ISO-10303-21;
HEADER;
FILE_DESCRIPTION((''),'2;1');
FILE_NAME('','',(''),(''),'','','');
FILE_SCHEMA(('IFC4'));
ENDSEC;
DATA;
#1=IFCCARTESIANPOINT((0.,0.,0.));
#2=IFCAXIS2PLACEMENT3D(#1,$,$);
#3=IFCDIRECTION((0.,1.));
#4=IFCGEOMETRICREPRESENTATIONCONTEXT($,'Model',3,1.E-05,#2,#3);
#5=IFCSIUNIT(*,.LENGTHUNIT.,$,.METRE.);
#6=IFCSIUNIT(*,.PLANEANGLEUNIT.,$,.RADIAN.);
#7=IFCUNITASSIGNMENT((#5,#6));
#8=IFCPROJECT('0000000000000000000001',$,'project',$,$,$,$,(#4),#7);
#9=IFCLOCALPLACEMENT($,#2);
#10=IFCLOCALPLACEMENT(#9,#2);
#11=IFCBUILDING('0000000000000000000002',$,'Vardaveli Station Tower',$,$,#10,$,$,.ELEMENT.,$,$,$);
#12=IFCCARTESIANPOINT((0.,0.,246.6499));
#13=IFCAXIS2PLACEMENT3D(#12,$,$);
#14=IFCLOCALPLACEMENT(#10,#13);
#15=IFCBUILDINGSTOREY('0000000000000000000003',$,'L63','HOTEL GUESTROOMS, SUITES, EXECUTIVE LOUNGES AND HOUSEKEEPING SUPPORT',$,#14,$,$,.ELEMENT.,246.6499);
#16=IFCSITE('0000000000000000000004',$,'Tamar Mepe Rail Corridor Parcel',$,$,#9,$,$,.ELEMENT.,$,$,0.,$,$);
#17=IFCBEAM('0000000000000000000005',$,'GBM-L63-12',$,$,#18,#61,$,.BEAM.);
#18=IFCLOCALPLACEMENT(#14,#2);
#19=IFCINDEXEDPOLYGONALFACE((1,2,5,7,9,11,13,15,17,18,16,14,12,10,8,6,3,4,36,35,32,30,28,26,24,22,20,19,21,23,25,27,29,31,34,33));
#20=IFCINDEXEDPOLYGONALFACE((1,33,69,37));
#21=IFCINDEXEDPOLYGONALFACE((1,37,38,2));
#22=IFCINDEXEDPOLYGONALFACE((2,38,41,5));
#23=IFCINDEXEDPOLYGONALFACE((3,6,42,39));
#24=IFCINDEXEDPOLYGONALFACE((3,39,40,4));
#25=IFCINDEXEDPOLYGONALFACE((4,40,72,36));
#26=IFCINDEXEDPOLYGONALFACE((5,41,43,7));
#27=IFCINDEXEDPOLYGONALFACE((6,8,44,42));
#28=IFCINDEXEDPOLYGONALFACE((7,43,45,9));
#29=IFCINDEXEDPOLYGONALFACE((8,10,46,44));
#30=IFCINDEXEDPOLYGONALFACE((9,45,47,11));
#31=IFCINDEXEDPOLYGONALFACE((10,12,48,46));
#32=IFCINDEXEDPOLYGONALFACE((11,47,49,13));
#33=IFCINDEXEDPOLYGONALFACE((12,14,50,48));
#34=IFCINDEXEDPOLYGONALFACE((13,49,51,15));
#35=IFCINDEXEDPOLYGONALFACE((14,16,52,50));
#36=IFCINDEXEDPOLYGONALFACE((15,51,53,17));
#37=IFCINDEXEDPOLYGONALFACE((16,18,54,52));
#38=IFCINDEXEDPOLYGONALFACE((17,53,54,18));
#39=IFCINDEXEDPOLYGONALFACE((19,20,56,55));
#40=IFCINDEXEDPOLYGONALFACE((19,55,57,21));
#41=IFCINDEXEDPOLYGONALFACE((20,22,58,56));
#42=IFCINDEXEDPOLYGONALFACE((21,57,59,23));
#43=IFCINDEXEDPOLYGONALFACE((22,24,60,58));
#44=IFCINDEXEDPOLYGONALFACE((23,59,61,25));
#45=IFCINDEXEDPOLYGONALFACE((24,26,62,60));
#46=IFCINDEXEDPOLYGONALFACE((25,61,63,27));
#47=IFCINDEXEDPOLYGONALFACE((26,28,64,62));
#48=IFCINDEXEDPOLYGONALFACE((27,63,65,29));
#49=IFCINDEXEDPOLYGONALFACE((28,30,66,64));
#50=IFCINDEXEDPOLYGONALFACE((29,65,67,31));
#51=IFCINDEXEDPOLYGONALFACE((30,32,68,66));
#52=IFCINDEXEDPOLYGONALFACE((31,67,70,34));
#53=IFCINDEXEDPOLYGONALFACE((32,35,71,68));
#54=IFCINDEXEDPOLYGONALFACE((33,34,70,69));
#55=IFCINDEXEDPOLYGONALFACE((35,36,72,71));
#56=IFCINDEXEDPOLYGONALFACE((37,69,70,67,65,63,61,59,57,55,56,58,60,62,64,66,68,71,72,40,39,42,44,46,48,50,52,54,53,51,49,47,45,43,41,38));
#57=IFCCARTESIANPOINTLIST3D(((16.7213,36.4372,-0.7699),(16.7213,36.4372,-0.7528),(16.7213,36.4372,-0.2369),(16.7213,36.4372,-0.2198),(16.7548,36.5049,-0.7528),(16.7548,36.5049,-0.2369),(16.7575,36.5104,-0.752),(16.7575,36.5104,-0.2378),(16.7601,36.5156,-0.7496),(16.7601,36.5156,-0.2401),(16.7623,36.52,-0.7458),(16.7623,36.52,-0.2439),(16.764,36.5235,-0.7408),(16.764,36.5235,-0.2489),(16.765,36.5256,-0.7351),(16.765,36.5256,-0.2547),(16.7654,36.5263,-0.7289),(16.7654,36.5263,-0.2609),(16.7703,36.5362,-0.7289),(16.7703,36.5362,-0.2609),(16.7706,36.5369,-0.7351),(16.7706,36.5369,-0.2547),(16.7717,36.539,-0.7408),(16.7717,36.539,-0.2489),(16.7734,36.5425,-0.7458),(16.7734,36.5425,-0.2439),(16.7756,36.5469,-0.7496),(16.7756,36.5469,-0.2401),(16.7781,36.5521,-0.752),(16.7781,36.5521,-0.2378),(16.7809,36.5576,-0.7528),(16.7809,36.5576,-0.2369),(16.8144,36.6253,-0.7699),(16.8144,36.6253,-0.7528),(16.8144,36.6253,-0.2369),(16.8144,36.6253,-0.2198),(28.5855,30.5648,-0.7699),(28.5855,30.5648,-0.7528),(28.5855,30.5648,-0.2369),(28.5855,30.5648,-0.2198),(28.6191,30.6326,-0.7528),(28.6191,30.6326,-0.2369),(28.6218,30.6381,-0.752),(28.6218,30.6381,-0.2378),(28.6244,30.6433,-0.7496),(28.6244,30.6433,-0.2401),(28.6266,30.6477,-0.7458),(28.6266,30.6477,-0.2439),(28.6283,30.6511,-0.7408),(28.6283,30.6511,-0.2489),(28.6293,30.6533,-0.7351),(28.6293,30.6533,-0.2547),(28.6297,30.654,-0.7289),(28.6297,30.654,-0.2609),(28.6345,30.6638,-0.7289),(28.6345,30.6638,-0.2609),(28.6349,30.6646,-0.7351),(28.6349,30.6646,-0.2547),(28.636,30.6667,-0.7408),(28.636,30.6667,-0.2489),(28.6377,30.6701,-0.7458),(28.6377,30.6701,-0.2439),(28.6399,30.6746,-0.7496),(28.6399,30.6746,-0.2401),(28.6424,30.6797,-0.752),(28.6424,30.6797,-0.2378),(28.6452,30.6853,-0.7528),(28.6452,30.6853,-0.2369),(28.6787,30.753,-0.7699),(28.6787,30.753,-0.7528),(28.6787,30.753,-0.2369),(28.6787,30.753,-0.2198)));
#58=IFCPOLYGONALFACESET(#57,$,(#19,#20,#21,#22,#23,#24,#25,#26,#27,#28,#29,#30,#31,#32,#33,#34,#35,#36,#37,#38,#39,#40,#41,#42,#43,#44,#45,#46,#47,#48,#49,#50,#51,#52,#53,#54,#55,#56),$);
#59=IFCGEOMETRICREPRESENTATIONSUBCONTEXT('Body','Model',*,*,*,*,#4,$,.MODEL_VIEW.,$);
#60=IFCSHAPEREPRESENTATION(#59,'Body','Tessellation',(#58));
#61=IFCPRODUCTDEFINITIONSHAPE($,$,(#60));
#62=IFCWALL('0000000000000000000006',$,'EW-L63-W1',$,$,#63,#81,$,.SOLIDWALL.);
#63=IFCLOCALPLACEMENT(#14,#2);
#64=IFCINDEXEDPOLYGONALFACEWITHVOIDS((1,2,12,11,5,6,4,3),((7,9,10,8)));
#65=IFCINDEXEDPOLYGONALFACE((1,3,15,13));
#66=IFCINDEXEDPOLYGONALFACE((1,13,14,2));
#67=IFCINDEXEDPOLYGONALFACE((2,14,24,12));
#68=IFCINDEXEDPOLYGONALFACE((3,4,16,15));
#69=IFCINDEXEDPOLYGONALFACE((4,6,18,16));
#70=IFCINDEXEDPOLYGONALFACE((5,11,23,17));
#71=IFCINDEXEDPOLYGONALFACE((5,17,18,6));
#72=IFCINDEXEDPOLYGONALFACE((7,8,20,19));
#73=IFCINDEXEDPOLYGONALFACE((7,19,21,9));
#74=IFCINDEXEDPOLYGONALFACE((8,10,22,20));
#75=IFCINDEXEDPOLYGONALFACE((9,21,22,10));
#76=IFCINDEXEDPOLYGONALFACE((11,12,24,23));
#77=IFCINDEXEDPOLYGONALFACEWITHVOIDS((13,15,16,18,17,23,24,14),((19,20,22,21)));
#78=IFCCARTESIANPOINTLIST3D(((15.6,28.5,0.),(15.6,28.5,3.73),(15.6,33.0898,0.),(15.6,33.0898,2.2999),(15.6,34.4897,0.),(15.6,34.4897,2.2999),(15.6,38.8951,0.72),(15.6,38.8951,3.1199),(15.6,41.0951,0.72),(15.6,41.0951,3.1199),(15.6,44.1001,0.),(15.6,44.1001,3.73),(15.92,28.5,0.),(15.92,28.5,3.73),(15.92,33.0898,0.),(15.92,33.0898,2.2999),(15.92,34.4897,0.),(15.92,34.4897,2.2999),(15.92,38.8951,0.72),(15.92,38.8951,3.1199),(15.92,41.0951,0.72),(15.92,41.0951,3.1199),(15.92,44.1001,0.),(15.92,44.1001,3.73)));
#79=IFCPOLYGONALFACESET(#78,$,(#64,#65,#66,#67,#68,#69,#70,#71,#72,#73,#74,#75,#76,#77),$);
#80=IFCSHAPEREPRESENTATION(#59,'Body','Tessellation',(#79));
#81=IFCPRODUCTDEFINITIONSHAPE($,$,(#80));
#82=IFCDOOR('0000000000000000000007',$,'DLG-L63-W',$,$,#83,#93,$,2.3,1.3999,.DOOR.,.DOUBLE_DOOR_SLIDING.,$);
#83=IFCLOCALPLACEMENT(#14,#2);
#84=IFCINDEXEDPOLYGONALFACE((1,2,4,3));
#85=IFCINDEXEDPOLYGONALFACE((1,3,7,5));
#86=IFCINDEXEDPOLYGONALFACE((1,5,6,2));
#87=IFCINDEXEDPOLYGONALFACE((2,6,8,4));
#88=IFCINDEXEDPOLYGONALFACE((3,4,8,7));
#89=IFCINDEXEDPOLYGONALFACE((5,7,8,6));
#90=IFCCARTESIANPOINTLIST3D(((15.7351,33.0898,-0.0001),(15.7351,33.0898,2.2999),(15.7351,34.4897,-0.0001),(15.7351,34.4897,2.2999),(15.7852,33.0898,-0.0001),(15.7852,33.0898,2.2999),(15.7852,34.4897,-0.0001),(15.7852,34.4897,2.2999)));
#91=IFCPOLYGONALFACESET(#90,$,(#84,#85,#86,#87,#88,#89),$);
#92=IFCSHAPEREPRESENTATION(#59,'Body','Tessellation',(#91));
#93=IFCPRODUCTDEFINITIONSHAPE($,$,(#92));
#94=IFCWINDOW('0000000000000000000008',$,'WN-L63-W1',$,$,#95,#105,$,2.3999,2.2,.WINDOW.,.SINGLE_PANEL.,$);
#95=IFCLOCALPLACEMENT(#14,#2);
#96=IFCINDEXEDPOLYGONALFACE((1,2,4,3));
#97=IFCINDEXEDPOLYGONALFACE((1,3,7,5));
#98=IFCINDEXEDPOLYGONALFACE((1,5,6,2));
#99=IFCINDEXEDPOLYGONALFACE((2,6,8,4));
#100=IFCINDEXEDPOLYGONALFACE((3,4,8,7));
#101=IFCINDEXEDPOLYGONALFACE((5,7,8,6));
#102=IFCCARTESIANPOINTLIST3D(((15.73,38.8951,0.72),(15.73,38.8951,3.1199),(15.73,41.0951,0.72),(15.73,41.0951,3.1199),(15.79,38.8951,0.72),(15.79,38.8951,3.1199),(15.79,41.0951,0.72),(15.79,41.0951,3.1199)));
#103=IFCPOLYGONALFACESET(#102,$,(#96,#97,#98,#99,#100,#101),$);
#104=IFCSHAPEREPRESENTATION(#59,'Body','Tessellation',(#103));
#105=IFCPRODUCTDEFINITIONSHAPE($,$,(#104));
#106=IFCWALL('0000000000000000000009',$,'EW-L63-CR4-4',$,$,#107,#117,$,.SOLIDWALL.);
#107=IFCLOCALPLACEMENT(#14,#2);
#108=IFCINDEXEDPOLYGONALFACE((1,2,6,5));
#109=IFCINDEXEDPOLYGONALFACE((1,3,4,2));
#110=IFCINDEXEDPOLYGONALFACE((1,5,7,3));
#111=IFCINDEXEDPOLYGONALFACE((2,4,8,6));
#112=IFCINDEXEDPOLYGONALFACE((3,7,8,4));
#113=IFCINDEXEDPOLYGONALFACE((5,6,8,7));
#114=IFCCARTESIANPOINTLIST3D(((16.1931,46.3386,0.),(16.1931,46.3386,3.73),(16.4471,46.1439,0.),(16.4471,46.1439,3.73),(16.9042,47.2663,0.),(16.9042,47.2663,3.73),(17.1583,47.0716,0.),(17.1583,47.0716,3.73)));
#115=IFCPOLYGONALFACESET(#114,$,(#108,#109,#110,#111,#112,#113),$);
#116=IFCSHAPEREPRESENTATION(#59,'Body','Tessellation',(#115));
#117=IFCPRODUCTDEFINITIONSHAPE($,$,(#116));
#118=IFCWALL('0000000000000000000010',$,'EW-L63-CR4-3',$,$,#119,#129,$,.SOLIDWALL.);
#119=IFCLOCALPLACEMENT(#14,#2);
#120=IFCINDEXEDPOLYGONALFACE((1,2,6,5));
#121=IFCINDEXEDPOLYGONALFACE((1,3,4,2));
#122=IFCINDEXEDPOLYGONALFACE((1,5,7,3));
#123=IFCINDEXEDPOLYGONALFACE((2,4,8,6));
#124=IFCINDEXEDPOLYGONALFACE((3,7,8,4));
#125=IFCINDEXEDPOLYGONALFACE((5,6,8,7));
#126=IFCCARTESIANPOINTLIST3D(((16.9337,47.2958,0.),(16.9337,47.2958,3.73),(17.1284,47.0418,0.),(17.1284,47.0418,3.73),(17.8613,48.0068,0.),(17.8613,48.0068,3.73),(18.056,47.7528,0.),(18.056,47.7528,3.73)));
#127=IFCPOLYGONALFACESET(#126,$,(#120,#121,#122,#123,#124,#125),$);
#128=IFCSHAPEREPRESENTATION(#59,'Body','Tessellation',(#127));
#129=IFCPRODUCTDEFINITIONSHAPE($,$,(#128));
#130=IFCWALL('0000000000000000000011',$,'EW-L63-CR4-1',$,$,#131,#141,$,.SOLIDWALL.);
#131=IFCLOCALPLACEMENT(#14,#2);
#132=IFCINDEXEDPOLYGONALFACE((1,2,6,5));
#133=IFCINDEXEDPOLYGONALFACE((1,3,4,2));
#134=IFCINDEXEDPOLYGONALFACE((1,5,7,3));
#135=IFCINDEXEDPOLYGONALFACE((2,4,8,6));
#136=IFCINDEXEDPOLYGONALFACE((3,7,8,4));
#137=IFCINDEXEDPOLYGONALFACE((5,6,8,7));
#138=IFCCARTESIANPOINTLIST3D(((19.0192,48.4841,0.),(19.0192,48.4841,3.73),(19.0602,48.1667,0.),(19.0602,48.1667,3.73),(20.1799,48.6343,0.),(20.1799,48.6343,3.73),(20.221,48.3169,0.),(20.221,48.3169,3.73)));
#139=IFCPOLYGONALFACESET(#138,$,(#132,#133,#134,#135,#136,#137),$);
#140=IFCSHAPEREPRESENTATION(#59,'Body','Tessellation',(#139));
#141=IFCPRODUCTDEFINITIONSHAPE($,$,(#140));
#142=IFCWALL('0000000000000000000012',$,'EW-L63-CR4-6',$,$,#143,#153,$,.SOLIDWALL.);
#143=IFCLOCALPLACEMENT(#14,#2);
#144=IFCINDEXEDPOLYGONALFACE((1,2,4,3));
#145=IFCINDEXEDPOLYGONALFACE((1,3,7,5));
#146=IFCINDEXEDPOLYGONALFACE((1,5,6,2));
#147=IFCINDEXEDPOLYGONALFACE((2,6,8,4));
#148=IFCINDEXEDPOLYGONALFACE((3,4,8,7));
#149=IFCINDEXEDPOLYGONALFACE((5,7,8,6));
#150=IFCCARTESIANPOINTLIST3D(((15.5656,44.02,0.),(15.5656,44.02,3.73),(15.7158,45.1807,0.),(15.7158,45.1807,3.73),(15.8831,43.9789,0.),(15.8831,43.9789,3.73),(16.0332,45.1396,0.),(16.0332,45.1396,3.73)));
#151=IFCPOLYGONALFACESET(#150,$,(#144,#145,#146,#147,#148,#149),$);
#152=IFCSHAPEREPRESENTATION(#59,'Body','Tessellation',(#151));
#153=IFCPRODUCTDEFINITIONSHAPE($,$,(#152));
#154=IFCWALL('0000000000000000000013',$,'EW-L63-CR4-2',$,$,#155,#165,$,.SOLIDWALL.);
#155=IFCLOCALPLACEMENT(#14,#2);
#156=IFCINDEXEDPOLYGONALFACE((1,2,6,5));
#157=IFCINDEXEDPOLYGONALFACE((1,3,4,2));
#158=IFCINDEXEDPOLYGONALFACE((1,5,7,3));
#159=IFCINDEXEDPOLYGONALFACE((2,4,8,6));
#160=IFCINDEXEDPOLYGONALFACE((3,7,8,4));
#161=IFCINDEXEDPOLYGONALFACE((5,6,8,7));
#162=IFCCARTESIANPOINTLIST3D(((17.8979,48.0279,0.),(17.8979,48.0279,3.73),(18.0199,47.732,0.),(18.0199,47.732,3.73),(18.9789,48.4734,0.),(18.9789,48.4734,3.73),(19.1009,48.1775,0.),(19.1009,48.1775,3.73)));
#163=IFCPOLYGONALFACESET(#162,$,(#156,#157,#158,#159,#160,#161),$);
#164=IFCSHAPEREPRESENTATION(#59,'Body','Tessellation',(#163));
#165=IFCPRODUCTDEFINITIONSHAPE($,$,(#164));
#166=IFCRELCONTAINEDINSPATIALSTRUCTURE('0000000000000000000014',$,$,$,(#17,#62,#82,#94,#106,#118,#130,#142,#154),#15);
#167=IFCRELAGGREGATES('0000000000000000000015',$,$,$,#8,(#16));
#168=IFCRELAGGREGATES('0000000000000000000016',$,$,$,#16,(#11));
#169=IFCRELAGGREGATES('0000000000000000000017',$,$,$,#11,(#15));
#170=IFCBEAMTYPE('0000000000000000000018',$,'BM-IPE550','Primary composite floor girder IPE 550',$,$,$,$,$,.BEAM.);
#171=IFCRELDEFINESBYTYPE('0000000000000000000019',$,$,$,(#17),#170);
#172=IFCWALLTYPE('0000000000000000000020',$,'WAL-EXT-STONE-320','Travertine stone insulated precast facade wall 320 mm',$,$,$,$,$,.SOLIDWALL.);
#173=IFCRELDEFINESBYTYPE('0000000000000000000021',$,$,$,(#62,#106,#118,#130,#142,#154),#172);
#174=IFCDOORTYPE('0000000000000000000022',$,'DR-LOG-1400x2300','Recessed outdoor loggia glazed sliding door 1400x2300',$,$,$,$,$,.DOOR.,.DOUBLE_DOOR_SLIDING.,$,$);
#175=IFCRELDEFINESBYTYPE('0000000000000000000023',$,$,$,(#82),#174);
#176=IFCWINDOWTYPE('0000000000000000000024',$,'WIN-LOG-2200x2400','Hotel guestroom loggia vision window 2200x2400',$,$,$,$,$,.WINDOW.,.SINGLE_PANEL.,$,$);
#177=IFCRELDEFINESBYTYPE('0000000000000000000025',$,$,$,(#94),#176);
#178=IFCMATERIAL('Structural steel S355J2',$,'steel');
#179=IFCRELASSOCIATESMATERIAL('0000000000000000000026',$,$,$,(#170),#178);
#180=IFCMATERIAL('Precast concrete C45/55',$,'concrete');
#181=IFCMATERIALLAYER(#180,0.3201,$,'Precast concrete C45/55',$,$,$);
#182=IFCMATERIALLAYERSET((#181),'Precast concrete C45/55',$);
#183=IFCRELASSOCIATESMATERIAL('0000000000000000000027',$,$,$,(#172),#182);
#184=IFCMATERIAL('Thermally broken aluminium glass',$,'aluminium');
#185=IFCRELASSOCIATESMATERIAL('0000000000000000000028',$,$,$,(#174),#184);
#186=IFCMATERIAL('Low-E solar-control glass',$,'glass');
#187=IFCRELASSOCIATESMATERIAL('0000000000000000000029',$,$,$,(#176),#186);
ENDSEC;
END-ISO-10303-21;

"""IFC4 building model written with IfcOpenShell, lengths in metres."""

from ifc_helpers import new_model, si_unit, direction, frame, frame_2d, origin, origin_2d, place, context, subcontext, project, spatial, rectangle, i_section, extrude, source, transform, mapped, material, layer, layer_set, material_profile, profile_set, type_object, element, fill, save


model = new_model("IFC4")

# Units and contexts
model_context = context("Model", 3, precision=1e-05, world=origin(), true_north=direction((0.0, 1.0)))
body_context = subcontext(model_context, "Body", "Model", "MODEL_VIEW")
ifc_project = project(units=[si_unit("LENGTHUNIT", "METRE"), si_unit("PLANEANGLEUNIT", "RADIAN")], contexts=[model_context])

# Site, building, storey
site_placement = place(None, origin())
site = spatial("IfcSite", under=ifc_project, at=site_placement, Name="Tamar Mepe Rail Corridor Parcel", CompositionType="ELEMENT", RefElevation=0.0)
building_placement = place(site_placement, origin())
building = spatial("IfcBuilding", under=site, at=building_placement, Name="Vardaveli Station Tower", CompositionType="ELEMENT")
storey_placement = place(building_placement, frame((0.0, 0.0, 246.6499)))
storey = spatial("IfcBuildingStorey", under=building, at=storey_placement, Name="L63", Description="HOTEL GUESTROOMS, SUITES, EXECUTIVE LOUNGES AND HOUSEKEEPING SUPPORT", CompositionType="ELEMENT", Elevation=246.6499)

# Beam
ifc_material_1 = material(Name="Precast concrete C45/55", Category="concrete")
ifc_material_2 = material(Name="Structural steel S355J2", Category="steel")
ifc_material_profile_1 = material_profile(ifc_material_2, i_section(OverallWidth=0.21, OverallDepth=0.55, WebThickness=0.011, FlangeThickness=0.0171, FilletRadius=0.0239, at=origin_2d()), Name="IPE 550")
ifc_profile_set_1 = profile_set([ifc_material_profile_1], Name="Structural steel S355J2")
beam_type_1 = type_object("IfcBeamType", Name="BM-IPE550", Description="Primary composite floor girder IPE 550", PredefinedType="BEAM", material=ifc_profile_set_1)
shared_shape_1 = source(origin(), body_context, "Body", "SweptSolid", [
    extrude(i_section(OverallWidth=0.21, OverallDepth=0.55, WebThickness=0.011, FlangeThickness=0.0171, FilletRadius=0.0239, at=origin_2d()), origin(), (0.0, 0.0, 1.0), 13.238),
])
beam_1_placement = place(storey_placement, frame((16.7678, 36.5312, -0.4949), z_axis=(0.896227, -0.443595, 0.0), x_axis=(0.443595, 0.896227, 0.0)))
element("IfcBeam", 1, at=beam_1_placement, inside=storey, type_object=beam_type_1, Name="GBM-L63-12", PredefinedType="BEAM", context=body_context, shape_type="MappedRepresentation", body=[
    mapped(shared_shape_1, transform((0.0, 0.0, 0.0), scale=1.0)),
])

# Wall, openings, door, window
ifc_layer_1 = layer(ifc_material_1, 0.3201, Name="Precast concrete C45/55")
ifc_layer_set_1 = layer_set([ifc_layer_1], Name="Precast concrete C45/55")
wall_type_1 = type_object("IfcWallType", Name="WAL-EXT-STONE-320", Description="Travertine stone insulated precast facade wall 320 mm", PredefinedType="SOLIDWALL", material=ifc_layer_set_1)
shared_shape_2 = source(origin(), body_context, "Body", "SweptSolid", [
    extrude(rectangle(XDim=15.6001, YDim=0.3201, at=frame_2d((7.8, 0.0))), origin(), (0.0, 0.0, 1.0), 3.73),
])
wall_1_placement = place(storey_placement, frame((15.76, 44.1001, 0.0), z_axis=(0.0, 0.0, 1.0), x_axis=(0.0, -1.0, 0.0)))
wall_1 = element("IfcWall", 2, at=wall_1_placement, inside=storey, type_object=wall_type_1, Name="EW-L63-W1", PredefinedType="SOLIDWALL", context=body_context, shape_type="MappedRepresentation", body=[
    mapped(shared_shape_2, transform((0.0, 0.0, 0.0), scale=1.0)),
])
shared_shape_3 = source(origin(), body_context, "Body", "SweptSolid", [
    extrude(rectangle(XDim=1.3999, YDim=2.3, at=frame_2d((0.7, 1.1499))), frame((0.0, 0.1699, 0.0), z_axis=(0.0, -1.0, 0.0), x_axis=(1.0, 0.0, 0.0)), (0.0, 0.0, 1.0), 0.3401),
])
opening_1_placement = place(wall_1_placement, frame((9.6104, 0.0, 0.0)))
opening_1 = element("IfcOpeningElement", 3, at=opening_1_placement, cuts=wall_1, PredefinedType="OPENING", context=body_context, shape_type="MappedRepresentation", body=[
    mapped(shared_shape_3, transform((0.0, 0.0, 0.0), scale=1.0)),
])
shared_shape_4 = source(origin(), body_context, "Body", "SweptSolid", [
    extrude(rectangle(XDim=2.2, YDim=2.3999, at=frame_2d((1.1001, 1.2))), frame((0.0, 0.1699, 0.0), z_axis=(0.0, -1.0, 0.0), x_axis=(1.0, 0.0, 0.0)), (0.0, 0.0, 1.0), 0.3401),
])
opening_2_placement = place(wall_1_placement, frame((3.0049, 0.0, 0.72)))
opening_2 = element("IfcOpeningElement", 4, at=opening_2_placement, cuts=wall_1, PredefinedType="OPENING", context=body_context, shape_type="MappedRepresentation", body=[
    mapped(shared_shape_4, transform((0.0, 0.0, 0.0), scale=1.0)),
])
ifc_material_3 = material(Name="Thermally broken aluminium glass", Category="aluminium")
door_type_1 = type_object("IfcDoorType", Name="DR-LOG-1400x2300", Description="Recessed outdoor loggia glazed sliding door 1400x2300", OperationType="DOUBLE_DOOR_SLIDING", PredefinedType="DOOR", material=ifc_material_3)
shared_shape_5 = source(origin(), body_context, "Body", "SweptSolid", [
    extrude(rectangle(XDim=1.3999, YDim=2.3, at=frame_2d((0.7, 1.1499))), frame((0.0, 0.0249, 0.0), z_axis=(0.0, -1.0, 0.0), x_axis=(1.0, 0.0, 0.0)), (0.0, 0.0, 1.0), 0.05),
])
door_1_placement = place(opening_1_placement, frame((1.3999, 0.0, 0.0), z_axis=(0.0, 0.0, 1.0), x_axis=(-1.0, 0.0, 0.0)))
door_1 = element("IfcDoor", 5, at=door_1_placement, inside=storey, type_object=door_type_1, Name="DLG-L63-W", OperationType="DOUBLE_DOOR_SLIDING", OverallHeight=2.3, OverallWidth=1.3999, PredefinedType="DOOR", context=body_context, shape_type="MappedRepresentation", body=[
    mapped(shared_shape_5, transform((0.0, 0.0, 0.0), scale=1.0)),
])
fill(opening_1, door_1)
ifc_material_4 = material(Name="Low-E solar-control glass", Category="glass")
window_type = type_object("IfcWindowType", Name="WIN-LOG-2200x2400", Description="Hotel guestroom loggia vision window 2200x2400", PartitioningType="SINGLE_PANEL", PredefinedType="WINDOW", material=ifc_material_4)
shared_shape_6 = source(origin(), body_context, "Body", "SweptSolid", [
    extrude(rectangle(XDim=2.2, YDim=2.3999, at=frame_2d((1.1001, 1.2))), frame((0.0, 0.03, 0.0), z_axis=(0.0, -1.0, 0.0), x_axis=(1.0, 0.0, 0.0)), (0.0, 0.0, 1.0), 0.0601),
])
window_placement = place(opening_2_placement, origin())
window = element("IfcWindow", 6, at=window_placement, inside=storey, type_object=window_type, Name="WN-L63-W1", OverallHeight=2.3999, OverallWidth=2.2, PartitioningType="SINGLE_PANEL", PredefinedType="WINDOW", context=body_context, shape_type="MappedRepresentation", body=[
    mapped(shared_shape_6, transform((0.0, 0.0, 0.0), scale=1.0)),
])
fill(opening_2, window)

# Walls
shared_shape_7 = source(origin(), body_context, "Body", "SweptSolid", [
    extrude(rectangle(XDim=1.1689, YDim=0.3201, at=frame_2d((0.5845, 0.0))), origin(), (0.0, 0.0, 1.0), 3.73),
])
wall_2_placement = place(storey_placement, frame((17.0312, 47.1689, 0.0), z_axis=(0.0, 0.0, 1.0), x_axis=(-0.608388, -0.79364, 0.0)))
element("IfcWall", 7, at=wall_2_placement, inside=storey, type_object=wall_type_1, Name="EW-L63-CR4-4", PredefinedType="SOLIDWALL", context=body_context, shape_type="MappedRepresentation", body=[
    mapped(shared_shape_7, transform((0.0, 0.0, 0.0), scale=1.0)),
])
shared_shape_8 = source(origin(), body_context, "Body", "SweptSolid", [
    extrude(rectangle(XDim=1.1687, YDim=0.3201, at=frame_2d((0.5845, 0.0))), origin(), (0.0, 0.0, 1.0), 3.73),
])
wall_3_placement = place(storey_placement, frame((17.9587, 47.8799, 0.0), z_axis=(0.0, 0.0, 1.0), x_axis=(-0.793664, -0.608357, 0.0)))
element("IfcWall", 8, at=wall_3_placement, inside=storey, type_object=wall_type_1, Name="EW-L63-CR4-3", PredefinedType="SOLIDWALL", context=body_context, shape_type="MappedRepresentation", body=[
    mapped(shared_shape_8, transform((0.0, 0.0, 0.0), scale=1.0)),
])
shared_shape_9 = source(origin(), body_context, "Body", "SweptSolid", [
    extrude(rectangle(XDim=1.1704, YDim=0.3201, at=frame_2d((0.5852, 0.0))), origin(), (0.0, 0.0, 1.0), 3.73),
])
for number, where, z_axis, x_axis, name in (
    (9, (20.2004, 48.4756, 0.0), (0.0, 0.0, 1.0), (-0.991736, -0.128296, 0.0), "EW-L63-CR4-1"),
    (10, (15.8745, 45.1602, 0.0), (0.0, 0.0, 1.0), (-0.128296, -0.991736, 0.0), "EW-L63-CR4-6"),
):
    element("IfcWall", number, at=place(storey_placement, frame(where, z_axis=z_axis, x_axis=x_axis)), inside=storey, type_object=wall_type_1, Name=name, PredefinedType="SOLIDWALL", context=body_context, shape_type="MappedRepresentation", body=[
        mapped(shared_shape_9, transform((0.0, 0.0, 0.0), scale=1.0)),
    ])
shared_shape_10 = source(origin(), body_context, "Body", "SweptSolid", [
    extrude(rectangle(XDim=1.1692, YDim=0.3201, at=frame_2d((0.5845, 0.0))), origin(), (0.0, 0.0, 1.0), 3.73),
])
for number, where, z_axis, x_axis, name in (
    (11, (19.0398, 48.3254, 0.0), (0.0, 0.0, 1.0), (-0.924553, -0.381054, 0.0), "EW-L63-CR4-2"),
):
    element("IfcWall", number, at=place(storey_placement, frame(where, z_axis=z_axis, x_axis=x_axis)), inside=storey, type_object=wall_type_1, Name=name, PredefinedType="SOLIDWALL", context=body_context, shape_type="MappedRepresentation", body=[
        mapped(shared_shape_10, transform((0.0, 0.0, 0.0), scale=1.0)),
    ])

save(model, "model.ifc")
